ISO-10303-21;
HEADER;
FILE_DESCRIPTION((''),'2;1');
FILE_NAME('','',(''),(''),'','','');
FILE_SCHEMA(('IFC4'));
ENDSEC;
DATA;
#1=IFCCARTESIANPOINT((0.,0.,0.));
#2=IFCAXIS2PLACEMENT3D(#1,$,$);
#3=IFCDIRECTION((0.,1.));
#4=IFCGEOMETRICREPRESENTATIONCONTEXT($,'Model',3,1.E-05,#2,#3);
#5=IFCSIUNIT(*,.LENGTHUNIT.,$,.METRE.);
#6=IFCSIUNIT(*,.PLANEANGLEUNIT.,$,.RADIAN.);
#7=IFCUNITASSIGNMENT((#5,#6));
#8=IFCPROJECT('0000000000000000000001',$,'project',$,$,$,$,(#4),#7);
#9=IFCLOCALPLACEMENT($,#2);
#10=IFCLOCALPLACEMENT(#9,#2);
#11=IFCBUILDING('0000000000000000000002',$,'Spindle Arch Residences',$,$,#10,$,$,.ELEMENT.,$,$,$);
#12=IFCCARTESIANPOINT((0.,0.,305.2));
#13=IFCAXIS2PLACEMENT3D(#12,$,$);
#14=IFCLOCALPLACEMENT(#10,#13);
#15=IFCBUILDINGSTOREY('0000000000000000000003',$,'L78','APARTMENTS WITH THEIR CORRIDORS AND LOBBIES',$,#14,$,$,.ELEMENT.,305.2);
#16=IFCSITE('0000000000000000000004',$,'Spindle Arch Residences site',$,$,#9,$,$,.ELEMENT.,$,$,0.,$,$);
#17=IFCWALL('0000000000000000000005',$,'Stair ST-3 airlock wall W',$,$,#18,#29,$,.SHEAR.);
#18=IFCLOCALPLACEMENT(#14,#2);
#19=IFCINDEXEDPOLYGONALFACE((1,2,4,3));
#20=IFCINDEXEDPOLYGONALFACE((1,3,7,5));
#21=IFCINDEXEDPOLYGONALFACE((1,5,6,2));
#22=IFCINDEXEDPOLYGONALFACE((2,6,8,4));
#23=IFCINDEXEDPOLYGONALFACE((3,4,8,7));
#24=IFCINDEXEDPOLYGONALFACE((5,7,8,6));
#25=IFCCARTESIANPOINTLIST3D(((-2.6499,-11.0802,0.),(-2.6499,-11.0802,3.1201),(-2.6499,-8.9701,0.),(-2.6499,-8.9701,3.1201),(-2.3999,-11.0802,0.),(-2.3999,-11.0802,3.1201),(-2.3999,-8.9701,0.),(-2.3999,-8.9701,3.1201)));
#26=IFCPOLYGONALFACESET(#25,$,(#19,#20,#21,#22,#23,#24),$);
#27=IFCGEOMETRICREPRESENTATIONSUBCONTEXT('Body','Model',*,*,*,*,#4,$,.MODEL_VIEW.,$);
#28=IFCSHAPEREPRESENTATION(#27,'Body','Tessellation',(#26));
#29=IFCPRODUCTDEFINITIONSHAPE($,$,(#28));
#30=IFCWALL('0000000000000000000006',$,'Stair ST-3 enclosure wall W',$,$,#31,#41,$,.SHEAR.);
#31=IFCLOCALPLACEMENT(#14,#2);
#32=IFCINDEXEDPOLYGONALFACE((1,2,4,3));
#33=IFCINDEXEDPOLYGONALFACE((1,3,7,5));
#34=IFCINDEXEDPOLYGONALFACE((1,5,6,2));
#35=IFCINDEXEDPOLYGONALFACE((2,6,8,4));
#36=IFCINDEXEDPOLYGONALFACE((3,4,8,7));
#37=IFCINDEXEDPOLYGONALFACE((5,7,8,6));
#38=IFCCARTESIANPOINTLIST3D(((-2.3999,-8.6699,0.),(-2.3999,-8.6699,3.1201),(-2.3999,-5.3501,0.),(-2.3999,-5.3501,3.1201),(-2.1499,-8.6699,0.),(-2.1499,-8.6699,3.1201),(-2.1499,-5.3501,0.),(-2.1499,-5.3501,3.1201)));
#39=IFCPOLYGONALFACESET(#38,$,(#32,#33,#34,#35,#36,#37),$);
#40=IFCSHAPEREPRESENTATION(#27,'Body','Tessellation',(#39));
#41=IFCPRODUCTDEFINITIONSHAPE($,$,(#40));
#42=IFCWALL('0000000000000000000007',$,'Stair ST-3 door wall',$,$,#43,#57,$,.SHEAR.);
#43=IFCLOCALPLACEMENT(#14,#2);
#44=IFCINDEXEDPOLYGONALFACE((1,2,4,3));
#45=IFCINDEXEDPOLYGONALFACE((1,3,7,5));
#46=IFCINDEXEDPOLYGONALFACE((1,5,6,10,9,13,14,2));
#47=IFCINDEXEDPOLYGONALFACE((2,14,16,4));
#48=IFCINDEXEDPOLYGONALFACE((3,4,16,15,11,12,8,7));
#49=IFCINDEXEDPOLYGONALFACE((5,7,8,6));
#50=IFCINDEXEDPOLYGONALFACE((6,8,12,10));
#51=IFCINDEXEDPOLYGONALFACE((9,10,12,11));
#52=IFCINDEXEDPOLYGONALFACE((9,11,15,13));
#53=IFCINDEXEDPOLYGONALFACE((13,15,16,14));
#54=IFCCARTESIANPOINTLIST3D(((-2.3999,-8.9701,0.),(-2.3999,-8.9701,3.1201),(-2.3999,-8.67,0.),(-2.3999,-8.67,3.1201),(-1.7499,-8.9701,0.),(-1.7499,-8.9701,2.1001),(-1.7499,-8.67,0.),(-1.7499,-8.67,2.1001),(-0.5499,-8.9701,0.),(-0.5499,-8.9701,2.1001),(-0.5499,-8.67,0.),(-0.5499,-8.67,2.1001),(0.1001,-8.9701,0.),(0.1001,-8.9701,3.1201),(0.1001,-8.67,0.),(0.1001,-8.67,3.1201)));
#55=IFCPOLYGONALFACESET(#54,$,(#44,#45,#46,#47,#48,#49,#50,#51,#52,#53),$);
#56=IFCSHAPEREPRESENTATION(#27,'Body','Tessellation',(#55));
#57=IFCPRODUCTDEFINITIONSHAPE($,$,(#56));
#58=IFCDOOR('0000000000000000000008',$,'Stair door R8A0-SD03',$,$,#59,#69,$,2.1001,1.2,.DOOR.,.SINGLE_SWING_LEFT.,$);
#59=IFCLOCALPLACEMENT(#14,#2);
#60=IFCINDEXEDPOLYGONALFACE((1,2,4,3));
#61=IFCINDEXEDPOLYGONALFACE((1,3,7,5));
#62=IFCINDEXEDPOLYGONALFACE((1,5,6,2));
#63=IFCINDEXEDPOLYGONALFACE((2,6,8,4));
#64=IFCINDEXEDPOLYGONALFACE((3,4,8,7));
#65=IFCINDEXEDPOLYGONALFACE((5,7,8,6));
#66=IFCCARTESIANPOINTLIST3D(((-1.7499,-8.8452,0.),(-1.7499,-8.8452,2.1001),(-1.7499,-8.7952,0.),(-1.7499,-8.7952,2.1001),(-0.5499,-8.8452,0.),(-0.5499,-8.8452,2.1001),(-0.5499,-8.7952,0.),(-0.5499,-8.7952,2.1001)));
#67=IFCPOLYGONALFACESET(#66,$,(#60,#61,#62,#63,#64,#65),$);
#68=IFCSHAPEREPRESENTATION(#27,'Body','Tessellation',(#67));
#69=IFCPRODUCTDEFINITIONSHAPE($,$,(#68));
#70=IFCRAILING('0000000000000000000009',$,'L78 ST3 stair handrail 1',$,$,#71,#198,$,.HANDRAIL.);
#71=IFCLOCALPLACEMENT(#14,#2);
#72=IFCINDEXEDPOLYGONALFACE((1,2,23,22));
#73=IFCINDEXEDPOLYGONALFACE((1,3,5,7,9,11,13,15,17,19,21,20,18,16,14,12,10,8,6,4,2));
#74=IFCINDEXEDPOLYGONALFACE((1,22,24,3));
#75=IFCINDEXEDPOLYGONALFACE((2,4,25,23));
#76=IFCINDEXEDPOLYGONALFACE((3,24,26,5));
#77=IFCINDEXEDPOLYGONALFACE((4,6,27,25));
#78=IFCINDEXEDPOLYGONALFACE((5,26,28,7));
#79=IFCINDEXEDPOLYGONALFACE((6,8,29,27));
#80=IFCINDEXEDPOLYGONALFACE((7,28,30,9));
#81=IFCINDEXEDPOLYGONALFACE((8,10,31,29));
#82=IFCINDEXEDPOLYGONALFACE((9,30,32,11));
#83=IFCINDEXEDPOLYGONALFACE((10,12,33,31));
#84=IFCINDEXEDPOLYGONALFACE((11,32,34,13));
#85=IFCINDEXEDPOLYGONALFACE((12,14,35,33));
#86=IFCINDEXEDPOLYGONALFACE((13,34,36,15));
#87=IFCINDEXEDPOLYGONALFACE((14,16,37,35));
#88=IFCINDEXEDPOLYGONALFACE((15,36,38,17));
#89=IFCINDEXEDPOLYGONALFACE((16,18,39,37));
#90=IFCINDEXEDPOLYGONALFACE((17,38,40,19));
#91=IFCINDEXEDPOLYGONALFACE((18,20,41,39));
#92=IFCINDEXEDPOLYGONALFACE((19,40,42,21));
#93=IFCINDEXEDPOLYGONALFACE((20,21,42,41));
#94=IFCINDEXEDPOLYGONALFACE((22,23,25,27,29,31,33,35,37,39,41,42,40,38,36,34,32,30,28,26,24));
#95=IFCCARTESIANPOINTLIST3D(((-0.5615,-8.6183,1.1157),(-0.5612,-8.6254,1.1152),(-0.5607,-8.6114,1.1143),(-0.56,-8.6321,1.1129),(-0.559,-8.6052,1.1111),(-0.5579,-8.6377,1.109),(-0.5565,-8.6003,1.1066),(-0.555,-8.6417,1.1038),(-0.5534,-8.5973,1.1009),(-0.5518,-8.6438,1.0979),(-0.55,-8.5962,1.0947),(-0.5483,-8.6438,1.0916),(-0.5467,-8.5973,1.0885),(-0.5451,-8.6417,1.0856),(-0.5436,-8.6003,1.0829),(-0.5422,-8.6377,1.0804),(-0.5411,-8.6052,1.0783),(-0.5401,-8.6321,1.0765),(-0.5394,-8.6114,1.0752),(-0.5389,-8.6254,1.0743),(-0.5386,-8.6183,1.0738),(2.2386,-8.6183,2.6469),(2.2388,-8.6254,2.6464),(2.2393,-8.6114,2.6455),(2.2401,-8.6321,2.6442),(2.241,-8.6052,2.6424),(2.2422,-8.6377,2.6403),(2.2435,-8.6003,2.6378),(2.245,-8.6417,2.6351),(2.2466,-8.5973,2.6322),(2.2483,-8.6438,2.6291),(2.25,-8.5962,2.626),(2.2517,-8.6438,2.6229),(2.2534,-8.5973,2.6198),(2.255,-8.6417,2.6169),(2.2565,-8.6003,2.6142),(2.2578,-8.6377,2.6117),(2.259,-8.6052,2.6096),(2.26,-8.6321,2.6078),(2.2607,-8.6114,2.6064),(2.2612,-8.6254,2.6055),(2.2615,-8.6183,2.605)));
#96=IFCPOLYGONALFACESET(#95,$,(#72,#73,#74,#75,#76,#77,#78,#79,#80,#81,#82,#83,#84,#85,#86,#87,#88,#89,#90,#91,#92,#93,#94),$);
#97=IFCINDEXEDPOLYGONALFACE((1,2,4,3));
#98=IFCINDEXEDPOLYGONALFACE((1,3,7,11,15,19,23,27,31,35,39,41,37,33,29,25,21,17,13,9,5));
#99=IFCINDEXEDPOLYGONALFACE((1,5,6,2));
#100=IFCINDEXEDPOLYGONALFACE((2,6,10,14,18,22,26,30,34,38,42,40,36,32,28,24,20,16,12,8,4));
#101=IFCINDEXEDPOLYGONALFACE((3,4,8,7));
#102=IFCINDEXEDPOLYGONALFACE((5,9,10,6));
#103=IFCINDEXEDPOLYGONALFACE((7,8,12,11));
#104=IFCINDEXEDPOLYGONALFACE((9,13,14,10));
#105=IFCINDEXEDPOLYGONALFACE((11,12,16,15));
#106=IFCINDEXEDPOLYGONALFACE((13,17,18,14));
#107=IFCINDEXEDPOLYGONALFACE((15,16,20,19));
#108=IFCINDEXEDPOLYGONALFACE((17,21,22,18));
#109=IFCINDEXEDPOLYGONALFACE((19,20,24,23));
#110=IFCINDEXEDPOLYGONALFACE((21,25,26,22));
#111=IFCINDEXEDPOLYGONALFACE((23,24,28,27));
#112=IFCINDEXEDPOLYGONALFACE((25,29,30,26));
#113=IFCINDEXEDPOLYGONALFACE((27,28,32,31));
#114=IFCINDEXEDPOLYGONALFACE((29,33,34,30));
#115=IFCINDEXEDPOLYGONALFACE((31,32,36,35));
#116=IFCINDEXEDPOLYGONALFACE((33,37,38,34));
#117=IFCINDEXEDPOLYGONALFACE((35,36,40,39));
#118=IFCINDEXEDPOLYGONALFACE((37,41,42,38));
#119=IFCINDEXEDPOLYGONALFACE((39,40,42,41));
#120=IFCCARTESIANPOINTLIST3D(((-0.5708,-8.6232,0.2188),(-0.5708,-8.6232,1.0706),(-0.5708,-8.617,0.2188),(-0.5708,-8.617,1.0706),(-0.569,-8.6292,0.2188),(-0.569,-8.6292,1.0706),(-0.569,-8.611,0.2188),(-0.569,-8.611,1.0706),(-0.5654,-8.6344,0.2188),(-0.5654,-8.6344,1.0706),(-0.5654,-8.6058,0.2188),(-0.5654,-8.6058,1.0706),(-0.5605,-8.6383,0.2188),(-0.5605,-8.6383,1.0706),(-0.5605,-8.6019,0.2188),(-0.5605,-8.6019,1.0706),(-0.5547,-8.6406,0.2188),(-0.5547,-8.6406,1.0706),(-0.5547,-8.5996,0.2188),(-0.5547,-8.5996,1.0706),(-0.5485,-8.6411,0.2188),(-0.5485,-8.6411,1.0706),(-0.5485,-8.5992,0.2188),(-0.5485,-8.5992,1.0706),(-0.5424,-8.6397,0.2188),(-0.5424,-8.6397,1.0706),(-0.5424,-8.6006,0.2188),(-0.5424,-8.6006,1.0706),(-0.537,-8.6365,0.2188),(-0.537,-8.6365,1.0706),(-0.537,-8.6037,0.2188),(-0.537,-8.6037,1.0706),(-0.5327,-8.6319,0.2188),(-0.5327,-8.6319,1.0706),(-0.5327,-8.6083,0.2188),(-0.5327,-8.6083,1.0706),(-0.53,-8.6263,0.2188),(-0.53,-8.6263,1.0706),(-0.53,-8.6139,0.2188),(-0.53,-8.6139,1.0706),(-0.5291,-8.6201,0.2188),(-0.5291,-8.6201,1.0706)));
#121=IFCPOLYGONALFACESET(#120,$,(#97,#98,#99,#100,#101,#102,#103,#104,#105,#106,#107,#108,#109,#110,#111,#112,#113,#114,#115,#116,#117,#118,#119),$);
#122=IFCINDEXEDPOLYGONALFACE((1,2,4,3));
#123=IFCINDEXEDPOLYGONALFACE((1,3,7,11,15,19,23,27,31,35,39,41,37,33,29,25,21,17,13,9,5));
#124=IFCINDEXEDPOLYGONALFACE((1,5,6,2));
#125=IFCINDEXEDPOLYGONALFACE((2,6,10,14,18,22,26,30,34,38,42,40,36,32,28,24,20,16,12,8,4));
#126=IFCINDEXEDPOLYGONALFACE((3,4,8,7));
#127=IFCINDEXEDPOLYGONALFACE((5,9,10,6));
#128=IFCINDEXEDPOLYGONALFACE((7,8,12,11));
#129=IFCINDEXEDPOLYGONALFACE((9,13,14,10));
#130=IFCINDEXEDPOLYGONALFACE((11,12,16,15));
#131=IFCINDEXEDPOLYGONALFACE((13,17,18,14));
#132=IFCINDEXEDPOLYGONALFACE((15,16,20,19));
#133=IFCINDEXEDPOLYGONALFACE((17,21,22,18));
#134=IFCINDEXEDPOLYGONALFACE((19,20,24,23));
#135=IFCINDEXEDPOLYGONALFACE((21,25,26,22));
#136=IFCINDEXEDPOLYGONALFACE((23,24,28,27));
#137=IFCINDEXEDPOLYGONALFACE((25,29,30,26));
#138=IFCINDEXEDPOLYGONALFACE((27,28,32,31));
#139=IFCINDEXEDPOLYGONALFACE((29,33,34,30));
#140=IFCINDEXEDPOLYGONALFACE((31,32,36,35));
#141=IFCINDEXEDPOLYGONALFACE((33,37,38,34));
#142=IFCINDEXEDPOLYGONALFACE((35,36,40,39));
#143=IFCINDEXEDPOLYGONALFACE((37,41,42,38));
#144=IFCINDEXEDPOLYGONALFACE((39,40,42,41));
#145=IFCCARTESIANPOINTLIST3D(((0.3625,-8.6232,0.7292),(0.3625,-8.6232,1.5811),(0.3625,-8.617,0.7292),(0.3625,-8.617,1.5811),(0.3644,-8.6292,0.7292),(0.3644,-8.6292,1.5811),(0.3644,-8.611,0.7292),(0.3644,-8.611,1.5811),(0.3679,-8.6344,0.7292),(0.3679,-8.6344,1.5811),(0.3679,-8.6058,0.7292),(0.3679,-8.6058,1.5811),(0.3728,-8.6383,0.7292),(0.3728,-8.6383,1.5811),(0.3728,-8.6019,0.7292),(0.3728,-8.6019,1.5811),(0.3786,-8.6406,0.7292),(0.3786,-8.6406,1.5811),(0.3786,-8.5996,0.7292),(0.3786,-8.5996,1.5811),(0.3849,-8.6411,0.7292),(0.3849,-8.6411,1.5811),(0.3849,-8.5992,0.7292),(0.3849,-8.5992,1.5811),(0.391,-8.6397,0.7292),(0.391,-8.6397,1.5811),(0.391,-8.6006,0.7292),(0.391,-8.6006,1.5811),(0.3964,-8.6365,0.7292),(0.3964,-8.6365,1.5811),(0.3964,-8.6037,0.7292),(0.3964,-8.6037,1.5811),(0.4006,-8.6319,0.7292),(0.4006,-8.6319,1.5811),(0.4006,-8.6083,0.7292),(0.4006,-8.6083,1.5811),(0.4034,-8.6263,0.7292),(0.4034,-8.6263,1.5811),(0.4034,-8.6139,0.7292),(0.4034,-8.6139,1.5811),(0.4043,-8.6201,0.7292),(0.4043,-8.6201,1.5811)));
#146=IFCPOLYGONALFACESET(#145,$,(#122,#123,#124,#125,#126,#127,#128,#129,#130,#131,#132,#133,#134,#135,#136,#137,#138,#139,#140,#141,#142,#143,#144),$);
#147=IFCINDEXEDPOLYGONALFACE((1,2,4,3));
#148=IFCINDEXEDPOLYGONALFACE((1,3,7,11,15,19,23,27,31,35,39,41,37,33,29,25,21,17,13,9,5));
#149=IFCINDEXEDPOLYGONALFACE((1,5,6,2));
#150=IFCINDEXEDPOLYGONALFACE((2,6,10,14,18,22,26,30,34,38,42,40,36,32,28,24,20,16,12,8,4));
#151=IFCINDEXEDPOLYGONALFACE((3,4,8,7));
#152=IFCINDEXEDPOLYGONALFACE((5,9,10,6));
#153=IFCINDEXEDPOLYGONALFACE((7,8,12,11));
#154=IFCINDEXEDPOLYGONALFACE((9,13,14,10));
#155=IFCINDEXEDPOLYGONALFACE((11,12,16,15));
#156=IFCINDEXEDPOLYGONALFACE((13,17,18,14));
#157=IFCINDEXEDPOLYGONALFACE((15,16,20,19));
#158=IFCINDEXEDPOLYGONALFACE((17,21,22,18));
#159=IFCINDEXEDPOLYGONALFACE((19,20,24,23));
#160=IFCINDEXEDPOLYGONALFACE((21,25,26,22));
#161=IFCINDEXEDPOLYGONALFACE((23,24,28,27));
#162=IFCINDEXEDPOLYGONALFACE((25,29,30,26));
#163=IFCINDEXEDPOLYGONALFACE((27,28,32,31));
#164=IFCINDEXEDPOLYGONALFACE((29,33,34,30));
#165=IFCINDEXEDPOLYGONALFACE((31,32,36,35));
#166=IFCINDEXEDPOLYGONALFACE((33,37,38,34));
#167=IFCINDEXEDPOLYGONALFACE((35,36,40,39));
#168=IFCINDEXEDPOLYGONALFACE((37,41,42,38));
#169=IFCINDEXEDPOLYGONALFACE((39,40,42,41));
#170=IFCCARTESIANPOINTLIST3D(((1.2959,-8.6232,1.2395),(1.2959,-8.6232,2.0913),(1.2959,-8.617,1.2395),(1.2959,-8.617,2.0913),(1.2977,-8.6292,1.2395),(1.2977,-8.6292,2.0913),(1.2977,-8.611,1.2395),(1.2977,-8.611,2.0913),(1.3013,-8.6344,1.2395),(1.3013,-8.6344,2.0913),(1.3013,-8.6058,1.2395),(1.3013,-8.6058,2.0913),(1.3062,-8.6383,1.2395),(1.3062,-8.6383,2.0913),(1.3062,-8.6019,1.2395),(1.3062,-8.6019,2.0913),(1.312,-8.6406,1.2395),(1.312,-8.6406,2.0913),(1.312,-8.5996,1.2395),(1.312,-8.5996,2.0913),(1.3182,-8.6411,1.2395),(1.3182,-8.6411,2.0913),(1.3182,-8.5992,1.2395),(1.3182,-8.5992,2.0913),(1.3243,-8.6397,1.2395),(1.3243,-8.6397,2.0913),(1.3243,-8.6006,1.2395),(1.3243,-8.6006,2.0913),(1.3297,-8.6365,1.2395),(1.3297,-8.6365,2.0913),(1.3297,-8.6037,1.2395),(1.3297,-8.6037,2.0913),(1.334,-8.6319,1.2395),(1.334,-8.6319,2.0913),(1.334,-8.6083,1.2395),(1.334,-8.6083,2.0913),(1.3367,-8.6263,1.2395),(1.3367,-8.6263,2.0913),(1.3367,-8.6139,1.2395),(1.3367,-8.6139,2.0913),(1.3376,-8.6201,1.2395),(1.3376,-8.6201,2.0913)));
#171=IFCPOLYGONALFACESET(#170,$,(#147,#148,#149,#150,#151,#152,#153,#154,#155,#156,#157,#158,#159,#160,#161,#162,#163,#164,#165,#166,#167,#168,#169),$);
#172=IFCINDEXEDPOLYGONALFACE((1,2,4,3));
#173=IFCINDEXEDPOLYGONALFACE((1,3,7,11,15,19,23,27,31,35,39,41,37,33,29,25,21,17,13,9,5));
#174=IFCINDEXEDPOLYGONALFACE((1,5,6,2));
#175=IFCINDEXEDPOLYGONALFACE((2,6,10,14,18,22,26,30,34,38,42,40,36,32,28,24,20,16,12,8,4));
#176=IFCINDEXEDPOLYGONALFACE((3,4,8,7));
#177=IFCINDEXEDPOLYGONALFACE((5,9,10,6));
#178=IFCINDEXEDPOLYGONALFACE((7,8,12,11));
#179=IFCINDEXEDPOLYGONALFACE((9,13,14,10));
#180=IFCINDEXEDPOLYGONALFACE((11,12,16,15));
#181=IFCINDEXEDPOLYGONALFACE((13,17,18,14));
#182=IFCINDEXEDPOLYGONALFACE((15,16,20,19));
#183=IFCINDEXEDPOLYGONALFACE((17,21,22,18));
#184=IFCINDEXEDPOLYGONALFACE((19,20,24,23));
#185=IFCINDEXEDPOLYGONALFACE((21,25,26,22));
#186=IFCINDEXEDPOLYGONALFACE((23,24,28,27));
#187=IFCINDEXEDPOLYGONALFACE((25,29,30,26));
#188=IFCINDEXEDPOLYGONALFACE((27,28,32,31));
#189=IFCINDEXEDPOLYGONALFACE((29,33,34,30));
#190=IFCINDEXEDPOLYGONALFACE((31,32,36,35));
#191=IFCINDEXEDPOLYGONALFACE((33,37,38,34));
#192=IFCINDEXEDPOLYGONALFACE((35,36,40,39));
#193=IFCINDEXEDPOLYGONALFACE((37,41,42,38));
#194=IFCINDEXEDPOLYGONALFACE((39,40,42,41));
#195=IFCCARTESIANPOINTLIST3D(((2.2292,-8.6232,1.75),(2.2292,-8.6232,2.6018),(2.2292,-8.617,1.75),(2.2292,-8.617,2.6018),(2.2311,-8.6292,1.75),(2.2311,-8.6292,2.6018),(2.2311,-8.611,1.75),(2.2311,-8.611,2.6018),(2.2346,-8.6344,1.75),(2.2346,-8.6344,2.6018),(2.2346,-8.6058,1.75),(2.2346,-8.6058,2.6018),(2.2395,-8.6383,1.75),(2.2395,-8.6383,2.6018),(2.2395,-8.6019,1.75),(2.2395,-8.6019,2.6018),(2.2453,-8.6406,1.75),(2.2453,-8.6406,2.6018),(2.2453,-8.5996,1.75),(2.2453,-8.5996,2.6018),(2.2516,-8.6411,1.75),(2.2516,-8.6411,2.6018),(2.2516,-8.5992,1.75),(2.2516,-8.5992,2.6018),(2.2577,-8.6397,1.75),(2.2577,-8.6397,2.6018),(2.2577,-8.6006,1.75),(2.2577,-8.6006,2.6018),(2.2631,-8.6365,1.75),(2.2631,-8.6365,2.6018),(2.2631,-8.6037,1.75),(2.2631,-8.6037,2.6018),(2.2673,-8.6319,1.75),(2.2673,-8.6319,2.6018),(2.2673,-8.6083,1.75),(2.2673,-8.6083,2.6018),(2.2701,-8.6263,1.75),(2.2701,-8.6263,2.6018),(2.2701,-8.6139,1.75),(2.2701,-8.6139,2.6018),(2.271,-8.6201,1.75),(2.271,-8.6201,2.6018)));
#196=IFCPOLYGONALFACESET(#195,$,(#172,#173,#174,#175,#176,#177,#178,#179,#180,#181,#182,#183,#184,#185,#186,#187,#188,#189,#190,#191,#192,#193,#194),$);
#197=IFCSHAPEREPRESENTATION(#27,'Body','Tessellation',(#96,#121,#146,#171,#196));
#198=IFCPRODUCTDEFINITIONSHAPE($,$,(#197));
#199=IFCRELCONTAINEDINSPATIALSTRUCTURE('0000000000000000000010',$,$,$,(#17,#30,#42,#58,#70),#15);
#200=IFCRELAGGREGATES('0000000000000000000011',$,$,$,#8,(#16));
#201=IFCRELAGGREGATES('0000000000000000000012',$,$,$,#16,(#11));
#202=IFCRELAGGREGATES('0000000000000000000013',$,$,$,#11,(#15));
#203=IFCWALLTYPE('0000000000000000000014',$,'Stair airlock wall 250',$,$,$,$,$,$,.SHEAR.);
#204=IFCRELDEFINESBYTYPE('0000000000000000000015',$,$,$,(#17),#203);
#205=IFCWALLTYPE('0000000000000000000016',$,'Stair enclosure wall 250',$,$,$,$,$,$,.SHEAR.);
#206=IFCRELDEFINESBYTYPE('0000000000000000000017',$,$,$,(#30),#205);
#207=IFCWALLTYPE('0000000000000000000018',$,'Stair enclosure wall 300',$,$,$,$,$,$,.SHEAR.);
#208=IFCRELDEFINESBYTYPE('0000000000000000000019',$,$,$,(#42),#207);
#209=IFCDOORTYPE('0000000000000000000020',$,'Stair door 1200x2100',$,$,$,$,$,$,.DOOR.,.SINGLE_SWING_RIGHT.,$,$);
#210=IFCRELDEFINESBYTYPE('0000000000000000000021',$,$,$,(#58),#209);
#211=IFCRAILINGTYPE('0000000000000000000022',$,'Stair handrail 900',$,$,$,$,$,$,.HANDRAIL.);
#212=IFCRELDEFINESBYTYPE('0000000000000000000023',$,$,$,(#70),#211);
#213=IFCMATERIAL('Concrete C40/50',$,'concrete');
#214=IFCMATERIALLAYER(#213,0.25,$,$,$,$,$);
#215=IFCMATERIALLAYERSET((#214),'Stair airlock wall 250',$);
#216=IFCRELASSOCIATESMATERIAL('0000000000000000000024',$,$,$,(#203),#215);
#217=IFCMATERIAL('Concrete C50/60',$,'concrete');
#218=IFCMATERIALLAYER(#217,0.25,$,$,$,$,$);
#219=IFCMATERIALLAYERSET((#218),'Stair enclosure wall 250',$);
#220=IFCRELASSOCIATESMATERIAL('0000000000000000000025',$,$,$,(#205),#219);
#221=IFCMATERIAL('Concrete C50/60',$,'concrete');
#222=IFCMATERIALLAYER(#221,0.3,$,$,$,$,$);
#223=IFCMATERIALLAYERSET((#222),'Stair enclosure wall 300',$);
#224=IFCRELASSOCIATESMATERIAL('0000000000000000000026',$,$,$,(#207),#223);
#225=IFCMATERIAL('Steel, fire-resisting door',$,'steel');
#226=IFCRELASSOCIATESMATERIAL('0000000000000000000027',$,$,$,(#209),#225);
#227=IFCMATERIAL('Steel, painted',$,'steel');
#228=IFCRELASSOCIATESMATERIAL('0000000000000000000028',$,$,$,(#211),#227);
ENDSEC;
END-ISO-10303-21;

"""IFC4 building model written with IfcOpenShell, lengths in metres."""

from ifc_helpers import new_model, si_unit, direction, frame, frame_2d, origin, origin_2d, place, context, subcontext, project, spatial, rectangle, circle, extrude, material, layer, layer_set, type_object, element, fill, save


model = new_model("IFC4")

# Units and contexts
model_context = context("Model", 3, precision=1e-05, world=origin(), true_north=direction((0.0, 1.0)))
body_context = subcontext(model_context, "Body", "Model", "MODEL_VIEW")
ifc_project = project(units=[si_unit("LENGTHUNIT", "METRE"), si_unit("PLANEANGLEUNIT", "RADIAN")], contexts=[model_context])

# Site, building, storey
site_placement = place(None, origin())
site = spatial("IfcSite", under=ifc_project, at=site_placement, Name="Spindle Arch Residences site", CompositionType="ELEMENT", RefElevation=0.0)
building_placement = place(site_placement, origin())
building = spatial("IfcBuilding", under=site, at=building_placement, Name="Spindle Arch Residences", CompositionType="ELEMENT")
storey_placement = place(building_placement, frame((0.0, 0.0, 305.2)))
storey = spatial("IfcBuildingStorey", under=building, at=storey_placement, Name="L78", Description="APARTMENTS WITH THEIR CORRIDORS AND LOBBIES", CompositionType="ELEMENT", Elevation=305.2)

# Walls
ifc_material_1 = material(Name="Concrete C40/50", Category="concrete")
ifc_layer_1 = layer(ifc_material_1, 0.25)
ifc_layer_set_1 = layer_set([ifc_layer_1], Name="Stair airlock wall 250")
wall_type_1 = type_object("IfcWallType", Name="Stair airlock wall 250", PredefinedType="SHEAR", material=ifc_layer_set_1)
wall_1_placement = place(storey_placement, frame((-2.5249, -8.97, 0.0), z_axis=(0.0, 0.0, 1.0), x_axis=(0.0, -1.0, 0.0)))
element("IfcWall", 1, at=wall_1_placement, inside=storey, type_object=wall_type_1, Name="Stair ST-3 airlock wall W", PredefinedType="SHEAR", context=body_context, shape_type="SweptSolid", body=[
    extrude(rectangle(XDim=2.1101, YDim=0.25, at=frame_2d((1.0552, 0.0))), origin(), (0.0, 0.0, 1.0), 3.1201),
])
ifc_material_2 = material(Name="Concrete C50/60", Category="concrete")
ifc_layer_2 = layer(ifc_material_2, 0.25)
ifc_layer_set_2 = layer_set([ifc_layer_2], Name="Stair enclosure wall 250")
wall_type_2 = type_object("IfcWallType", Name="Stair enclosure wall 250", PredefinedType="SHEAR", material=ifc_layer_set_2)
wall_2_placement = place(storey_placement, frame((-2.2749, -8.6699, 0.0), z_axis=(0.0, 0.0, 1.0), x_axis=(0.0, 1.0, 0.0)))
element("IfcWall", 2, at=wall_2_placement, inside=storey, type_object=wall_type_2, Name="Stair ST-3 enclosure wall W", PredefinedType="SHEAR", context=body_context, shape_type="SweptSolid", body=[
    extrude(rectangle(XDim=3.3198, YDim=0.25, at=frame_2d((1.6599, 0.0))), origin(), (0.0, 0.0, 1.0), 3.1201),
])

# Wall, opening, door
ifc_material_3 = material(Name="Concrete C50/60", Category="concrete")
ifc_layer_3 = layer(ifc_material_3, 0.3)
ifc_layer_set_3 = layer_set([ifc_layer_3], Name="Stair enclosure wall 300")
wall_type_3 = type_object("IfcWallType", Name="Stair enclosure wall 300", PredefinedType="SHEAR", material=ifc_layer_set_3)
wall_3_placement = place(storey_placement, frame((-2.3999, -8.8201, 0.0), z_axis=(0.0, 0.0, 1.0), x_axis=(1.0, 0.0, 0.0)))
wall_3 = element("IfcWall", 3, at=wall_3_placement, inside=storey, type_object=wall_type_3, Name="Stair ST-3 door wall", PredefinedType="SHEAR", context=body_context, shape_type="SweptSolid", body=[
    extrude(rectangle(XDim=2.5, YDim=0.3, at=frame_2d((1.25, 0.0))), origin(), (0.0, 0.0, 1.0), 3.1201),
])
opening_1_placement = place(wall_3_placement, frame((0.6499, 0.0, 0.0)))
opening_1 = element("IfcOpeningElement", 4, at=opening_1_placement, cuts=wall_3, PredefinedType="OPENING", context=body_context, shape_type="SweptSolid", body=[
    extrude(rectangle(XDim=1.2, YDim=2.1001, at=frame_2d((0.6001, 1.05))), frame((0.0, 0.1602, 0.0), z_axis=(0.0, -1.0, 0.0), x_axis=(1.0, 0.0, 0.0)), (0.0, 0.0, 1.0), 0.3201),
])
ifc_material_4 = material(Name="Steel, fire-resisting door", Category="steel")
door_type_1 = type_object("IfcDoorType", Name="Stair door 1200x2100", OperationType="SINGLE_SWING_RIGHT", PredefinedType="DOOR", material=ifc_material_4)
door_1_placement = place(opening_1_placement, origin())
door_1 = element("IfcDoor", 5, at=door_1_placement, inside=storey, type_object=door_type_1, Name="Stair door R8A0-SD03", OperationType="SINGLE_SWING_LEFT", OverallHeight=2.1001, OverallWidth=1.2, PredefinedType="DOOR", context=body_context, shape_type="SweptSolid", body=[
    extrude(rectangle(XDim=1.2, YDim=2.1001, at=frame_2d((0.6001, 1.05))), frame((0.0, 0.0249, 0.0), z_axis=(0.0, -1.0, 0.0), x_axis=(1.0, 0.0, 0.0)), (0.0, 0.0, 1.0), 0.05),
])
fill(opening_1, door_1)

# Railing
ifc_material_5 = material(Name="Steel, painted", Category="steel")
railing_type = type_object("IfcRailingType", Name="Stair handrail 900", PredefinedType="HANDRAIL", material=ifc_material_5)
railing_placement = place(storey_placement, frame((-0.55, -8.6201, 0.2188)))
element("IfcRailing", 6, at=railing_placement, inside=storey, type_object=railing_type, Name="L78 ST3 stair handrail 1", PredefinedType="HANDRAIL", context=body_context, shape_type="SweptSolid", body=[
    extrude(circle(Radius=0.0239, at=origin_2d()), frame((0.0, 0.0, 0.876), z_axis=(0.877375, 0.0, 0.479806), x_axis=(0.0, 1.0, 0.0)), (0.0, 0.0, 1.0), 3.1914),
    extrude(circle(Radius=0.021, at=origin_2d()), origin(), (0.0, 0.0, 1.0), 0.8518),
    extrude(circle(Radius=0.021, at=origin_2d()), frame((0.9333, 0.0, 0.5105)), (0.0, 0.0, 1.0), 0.8518),
    extrude(circle(Radius=0.021, at=origin_2d()), frame((1.8667, 0.0, 1.0208)), (0.0, 0.0, 1.0), 0.8518),
    extrude(circle(Radius=0.021, at=origin_2d()), frame((2.8, 0.0, 1.5312)), (0.0, 0.0, 1.0), 0.8518),
])

save(model, "model.ifc")
